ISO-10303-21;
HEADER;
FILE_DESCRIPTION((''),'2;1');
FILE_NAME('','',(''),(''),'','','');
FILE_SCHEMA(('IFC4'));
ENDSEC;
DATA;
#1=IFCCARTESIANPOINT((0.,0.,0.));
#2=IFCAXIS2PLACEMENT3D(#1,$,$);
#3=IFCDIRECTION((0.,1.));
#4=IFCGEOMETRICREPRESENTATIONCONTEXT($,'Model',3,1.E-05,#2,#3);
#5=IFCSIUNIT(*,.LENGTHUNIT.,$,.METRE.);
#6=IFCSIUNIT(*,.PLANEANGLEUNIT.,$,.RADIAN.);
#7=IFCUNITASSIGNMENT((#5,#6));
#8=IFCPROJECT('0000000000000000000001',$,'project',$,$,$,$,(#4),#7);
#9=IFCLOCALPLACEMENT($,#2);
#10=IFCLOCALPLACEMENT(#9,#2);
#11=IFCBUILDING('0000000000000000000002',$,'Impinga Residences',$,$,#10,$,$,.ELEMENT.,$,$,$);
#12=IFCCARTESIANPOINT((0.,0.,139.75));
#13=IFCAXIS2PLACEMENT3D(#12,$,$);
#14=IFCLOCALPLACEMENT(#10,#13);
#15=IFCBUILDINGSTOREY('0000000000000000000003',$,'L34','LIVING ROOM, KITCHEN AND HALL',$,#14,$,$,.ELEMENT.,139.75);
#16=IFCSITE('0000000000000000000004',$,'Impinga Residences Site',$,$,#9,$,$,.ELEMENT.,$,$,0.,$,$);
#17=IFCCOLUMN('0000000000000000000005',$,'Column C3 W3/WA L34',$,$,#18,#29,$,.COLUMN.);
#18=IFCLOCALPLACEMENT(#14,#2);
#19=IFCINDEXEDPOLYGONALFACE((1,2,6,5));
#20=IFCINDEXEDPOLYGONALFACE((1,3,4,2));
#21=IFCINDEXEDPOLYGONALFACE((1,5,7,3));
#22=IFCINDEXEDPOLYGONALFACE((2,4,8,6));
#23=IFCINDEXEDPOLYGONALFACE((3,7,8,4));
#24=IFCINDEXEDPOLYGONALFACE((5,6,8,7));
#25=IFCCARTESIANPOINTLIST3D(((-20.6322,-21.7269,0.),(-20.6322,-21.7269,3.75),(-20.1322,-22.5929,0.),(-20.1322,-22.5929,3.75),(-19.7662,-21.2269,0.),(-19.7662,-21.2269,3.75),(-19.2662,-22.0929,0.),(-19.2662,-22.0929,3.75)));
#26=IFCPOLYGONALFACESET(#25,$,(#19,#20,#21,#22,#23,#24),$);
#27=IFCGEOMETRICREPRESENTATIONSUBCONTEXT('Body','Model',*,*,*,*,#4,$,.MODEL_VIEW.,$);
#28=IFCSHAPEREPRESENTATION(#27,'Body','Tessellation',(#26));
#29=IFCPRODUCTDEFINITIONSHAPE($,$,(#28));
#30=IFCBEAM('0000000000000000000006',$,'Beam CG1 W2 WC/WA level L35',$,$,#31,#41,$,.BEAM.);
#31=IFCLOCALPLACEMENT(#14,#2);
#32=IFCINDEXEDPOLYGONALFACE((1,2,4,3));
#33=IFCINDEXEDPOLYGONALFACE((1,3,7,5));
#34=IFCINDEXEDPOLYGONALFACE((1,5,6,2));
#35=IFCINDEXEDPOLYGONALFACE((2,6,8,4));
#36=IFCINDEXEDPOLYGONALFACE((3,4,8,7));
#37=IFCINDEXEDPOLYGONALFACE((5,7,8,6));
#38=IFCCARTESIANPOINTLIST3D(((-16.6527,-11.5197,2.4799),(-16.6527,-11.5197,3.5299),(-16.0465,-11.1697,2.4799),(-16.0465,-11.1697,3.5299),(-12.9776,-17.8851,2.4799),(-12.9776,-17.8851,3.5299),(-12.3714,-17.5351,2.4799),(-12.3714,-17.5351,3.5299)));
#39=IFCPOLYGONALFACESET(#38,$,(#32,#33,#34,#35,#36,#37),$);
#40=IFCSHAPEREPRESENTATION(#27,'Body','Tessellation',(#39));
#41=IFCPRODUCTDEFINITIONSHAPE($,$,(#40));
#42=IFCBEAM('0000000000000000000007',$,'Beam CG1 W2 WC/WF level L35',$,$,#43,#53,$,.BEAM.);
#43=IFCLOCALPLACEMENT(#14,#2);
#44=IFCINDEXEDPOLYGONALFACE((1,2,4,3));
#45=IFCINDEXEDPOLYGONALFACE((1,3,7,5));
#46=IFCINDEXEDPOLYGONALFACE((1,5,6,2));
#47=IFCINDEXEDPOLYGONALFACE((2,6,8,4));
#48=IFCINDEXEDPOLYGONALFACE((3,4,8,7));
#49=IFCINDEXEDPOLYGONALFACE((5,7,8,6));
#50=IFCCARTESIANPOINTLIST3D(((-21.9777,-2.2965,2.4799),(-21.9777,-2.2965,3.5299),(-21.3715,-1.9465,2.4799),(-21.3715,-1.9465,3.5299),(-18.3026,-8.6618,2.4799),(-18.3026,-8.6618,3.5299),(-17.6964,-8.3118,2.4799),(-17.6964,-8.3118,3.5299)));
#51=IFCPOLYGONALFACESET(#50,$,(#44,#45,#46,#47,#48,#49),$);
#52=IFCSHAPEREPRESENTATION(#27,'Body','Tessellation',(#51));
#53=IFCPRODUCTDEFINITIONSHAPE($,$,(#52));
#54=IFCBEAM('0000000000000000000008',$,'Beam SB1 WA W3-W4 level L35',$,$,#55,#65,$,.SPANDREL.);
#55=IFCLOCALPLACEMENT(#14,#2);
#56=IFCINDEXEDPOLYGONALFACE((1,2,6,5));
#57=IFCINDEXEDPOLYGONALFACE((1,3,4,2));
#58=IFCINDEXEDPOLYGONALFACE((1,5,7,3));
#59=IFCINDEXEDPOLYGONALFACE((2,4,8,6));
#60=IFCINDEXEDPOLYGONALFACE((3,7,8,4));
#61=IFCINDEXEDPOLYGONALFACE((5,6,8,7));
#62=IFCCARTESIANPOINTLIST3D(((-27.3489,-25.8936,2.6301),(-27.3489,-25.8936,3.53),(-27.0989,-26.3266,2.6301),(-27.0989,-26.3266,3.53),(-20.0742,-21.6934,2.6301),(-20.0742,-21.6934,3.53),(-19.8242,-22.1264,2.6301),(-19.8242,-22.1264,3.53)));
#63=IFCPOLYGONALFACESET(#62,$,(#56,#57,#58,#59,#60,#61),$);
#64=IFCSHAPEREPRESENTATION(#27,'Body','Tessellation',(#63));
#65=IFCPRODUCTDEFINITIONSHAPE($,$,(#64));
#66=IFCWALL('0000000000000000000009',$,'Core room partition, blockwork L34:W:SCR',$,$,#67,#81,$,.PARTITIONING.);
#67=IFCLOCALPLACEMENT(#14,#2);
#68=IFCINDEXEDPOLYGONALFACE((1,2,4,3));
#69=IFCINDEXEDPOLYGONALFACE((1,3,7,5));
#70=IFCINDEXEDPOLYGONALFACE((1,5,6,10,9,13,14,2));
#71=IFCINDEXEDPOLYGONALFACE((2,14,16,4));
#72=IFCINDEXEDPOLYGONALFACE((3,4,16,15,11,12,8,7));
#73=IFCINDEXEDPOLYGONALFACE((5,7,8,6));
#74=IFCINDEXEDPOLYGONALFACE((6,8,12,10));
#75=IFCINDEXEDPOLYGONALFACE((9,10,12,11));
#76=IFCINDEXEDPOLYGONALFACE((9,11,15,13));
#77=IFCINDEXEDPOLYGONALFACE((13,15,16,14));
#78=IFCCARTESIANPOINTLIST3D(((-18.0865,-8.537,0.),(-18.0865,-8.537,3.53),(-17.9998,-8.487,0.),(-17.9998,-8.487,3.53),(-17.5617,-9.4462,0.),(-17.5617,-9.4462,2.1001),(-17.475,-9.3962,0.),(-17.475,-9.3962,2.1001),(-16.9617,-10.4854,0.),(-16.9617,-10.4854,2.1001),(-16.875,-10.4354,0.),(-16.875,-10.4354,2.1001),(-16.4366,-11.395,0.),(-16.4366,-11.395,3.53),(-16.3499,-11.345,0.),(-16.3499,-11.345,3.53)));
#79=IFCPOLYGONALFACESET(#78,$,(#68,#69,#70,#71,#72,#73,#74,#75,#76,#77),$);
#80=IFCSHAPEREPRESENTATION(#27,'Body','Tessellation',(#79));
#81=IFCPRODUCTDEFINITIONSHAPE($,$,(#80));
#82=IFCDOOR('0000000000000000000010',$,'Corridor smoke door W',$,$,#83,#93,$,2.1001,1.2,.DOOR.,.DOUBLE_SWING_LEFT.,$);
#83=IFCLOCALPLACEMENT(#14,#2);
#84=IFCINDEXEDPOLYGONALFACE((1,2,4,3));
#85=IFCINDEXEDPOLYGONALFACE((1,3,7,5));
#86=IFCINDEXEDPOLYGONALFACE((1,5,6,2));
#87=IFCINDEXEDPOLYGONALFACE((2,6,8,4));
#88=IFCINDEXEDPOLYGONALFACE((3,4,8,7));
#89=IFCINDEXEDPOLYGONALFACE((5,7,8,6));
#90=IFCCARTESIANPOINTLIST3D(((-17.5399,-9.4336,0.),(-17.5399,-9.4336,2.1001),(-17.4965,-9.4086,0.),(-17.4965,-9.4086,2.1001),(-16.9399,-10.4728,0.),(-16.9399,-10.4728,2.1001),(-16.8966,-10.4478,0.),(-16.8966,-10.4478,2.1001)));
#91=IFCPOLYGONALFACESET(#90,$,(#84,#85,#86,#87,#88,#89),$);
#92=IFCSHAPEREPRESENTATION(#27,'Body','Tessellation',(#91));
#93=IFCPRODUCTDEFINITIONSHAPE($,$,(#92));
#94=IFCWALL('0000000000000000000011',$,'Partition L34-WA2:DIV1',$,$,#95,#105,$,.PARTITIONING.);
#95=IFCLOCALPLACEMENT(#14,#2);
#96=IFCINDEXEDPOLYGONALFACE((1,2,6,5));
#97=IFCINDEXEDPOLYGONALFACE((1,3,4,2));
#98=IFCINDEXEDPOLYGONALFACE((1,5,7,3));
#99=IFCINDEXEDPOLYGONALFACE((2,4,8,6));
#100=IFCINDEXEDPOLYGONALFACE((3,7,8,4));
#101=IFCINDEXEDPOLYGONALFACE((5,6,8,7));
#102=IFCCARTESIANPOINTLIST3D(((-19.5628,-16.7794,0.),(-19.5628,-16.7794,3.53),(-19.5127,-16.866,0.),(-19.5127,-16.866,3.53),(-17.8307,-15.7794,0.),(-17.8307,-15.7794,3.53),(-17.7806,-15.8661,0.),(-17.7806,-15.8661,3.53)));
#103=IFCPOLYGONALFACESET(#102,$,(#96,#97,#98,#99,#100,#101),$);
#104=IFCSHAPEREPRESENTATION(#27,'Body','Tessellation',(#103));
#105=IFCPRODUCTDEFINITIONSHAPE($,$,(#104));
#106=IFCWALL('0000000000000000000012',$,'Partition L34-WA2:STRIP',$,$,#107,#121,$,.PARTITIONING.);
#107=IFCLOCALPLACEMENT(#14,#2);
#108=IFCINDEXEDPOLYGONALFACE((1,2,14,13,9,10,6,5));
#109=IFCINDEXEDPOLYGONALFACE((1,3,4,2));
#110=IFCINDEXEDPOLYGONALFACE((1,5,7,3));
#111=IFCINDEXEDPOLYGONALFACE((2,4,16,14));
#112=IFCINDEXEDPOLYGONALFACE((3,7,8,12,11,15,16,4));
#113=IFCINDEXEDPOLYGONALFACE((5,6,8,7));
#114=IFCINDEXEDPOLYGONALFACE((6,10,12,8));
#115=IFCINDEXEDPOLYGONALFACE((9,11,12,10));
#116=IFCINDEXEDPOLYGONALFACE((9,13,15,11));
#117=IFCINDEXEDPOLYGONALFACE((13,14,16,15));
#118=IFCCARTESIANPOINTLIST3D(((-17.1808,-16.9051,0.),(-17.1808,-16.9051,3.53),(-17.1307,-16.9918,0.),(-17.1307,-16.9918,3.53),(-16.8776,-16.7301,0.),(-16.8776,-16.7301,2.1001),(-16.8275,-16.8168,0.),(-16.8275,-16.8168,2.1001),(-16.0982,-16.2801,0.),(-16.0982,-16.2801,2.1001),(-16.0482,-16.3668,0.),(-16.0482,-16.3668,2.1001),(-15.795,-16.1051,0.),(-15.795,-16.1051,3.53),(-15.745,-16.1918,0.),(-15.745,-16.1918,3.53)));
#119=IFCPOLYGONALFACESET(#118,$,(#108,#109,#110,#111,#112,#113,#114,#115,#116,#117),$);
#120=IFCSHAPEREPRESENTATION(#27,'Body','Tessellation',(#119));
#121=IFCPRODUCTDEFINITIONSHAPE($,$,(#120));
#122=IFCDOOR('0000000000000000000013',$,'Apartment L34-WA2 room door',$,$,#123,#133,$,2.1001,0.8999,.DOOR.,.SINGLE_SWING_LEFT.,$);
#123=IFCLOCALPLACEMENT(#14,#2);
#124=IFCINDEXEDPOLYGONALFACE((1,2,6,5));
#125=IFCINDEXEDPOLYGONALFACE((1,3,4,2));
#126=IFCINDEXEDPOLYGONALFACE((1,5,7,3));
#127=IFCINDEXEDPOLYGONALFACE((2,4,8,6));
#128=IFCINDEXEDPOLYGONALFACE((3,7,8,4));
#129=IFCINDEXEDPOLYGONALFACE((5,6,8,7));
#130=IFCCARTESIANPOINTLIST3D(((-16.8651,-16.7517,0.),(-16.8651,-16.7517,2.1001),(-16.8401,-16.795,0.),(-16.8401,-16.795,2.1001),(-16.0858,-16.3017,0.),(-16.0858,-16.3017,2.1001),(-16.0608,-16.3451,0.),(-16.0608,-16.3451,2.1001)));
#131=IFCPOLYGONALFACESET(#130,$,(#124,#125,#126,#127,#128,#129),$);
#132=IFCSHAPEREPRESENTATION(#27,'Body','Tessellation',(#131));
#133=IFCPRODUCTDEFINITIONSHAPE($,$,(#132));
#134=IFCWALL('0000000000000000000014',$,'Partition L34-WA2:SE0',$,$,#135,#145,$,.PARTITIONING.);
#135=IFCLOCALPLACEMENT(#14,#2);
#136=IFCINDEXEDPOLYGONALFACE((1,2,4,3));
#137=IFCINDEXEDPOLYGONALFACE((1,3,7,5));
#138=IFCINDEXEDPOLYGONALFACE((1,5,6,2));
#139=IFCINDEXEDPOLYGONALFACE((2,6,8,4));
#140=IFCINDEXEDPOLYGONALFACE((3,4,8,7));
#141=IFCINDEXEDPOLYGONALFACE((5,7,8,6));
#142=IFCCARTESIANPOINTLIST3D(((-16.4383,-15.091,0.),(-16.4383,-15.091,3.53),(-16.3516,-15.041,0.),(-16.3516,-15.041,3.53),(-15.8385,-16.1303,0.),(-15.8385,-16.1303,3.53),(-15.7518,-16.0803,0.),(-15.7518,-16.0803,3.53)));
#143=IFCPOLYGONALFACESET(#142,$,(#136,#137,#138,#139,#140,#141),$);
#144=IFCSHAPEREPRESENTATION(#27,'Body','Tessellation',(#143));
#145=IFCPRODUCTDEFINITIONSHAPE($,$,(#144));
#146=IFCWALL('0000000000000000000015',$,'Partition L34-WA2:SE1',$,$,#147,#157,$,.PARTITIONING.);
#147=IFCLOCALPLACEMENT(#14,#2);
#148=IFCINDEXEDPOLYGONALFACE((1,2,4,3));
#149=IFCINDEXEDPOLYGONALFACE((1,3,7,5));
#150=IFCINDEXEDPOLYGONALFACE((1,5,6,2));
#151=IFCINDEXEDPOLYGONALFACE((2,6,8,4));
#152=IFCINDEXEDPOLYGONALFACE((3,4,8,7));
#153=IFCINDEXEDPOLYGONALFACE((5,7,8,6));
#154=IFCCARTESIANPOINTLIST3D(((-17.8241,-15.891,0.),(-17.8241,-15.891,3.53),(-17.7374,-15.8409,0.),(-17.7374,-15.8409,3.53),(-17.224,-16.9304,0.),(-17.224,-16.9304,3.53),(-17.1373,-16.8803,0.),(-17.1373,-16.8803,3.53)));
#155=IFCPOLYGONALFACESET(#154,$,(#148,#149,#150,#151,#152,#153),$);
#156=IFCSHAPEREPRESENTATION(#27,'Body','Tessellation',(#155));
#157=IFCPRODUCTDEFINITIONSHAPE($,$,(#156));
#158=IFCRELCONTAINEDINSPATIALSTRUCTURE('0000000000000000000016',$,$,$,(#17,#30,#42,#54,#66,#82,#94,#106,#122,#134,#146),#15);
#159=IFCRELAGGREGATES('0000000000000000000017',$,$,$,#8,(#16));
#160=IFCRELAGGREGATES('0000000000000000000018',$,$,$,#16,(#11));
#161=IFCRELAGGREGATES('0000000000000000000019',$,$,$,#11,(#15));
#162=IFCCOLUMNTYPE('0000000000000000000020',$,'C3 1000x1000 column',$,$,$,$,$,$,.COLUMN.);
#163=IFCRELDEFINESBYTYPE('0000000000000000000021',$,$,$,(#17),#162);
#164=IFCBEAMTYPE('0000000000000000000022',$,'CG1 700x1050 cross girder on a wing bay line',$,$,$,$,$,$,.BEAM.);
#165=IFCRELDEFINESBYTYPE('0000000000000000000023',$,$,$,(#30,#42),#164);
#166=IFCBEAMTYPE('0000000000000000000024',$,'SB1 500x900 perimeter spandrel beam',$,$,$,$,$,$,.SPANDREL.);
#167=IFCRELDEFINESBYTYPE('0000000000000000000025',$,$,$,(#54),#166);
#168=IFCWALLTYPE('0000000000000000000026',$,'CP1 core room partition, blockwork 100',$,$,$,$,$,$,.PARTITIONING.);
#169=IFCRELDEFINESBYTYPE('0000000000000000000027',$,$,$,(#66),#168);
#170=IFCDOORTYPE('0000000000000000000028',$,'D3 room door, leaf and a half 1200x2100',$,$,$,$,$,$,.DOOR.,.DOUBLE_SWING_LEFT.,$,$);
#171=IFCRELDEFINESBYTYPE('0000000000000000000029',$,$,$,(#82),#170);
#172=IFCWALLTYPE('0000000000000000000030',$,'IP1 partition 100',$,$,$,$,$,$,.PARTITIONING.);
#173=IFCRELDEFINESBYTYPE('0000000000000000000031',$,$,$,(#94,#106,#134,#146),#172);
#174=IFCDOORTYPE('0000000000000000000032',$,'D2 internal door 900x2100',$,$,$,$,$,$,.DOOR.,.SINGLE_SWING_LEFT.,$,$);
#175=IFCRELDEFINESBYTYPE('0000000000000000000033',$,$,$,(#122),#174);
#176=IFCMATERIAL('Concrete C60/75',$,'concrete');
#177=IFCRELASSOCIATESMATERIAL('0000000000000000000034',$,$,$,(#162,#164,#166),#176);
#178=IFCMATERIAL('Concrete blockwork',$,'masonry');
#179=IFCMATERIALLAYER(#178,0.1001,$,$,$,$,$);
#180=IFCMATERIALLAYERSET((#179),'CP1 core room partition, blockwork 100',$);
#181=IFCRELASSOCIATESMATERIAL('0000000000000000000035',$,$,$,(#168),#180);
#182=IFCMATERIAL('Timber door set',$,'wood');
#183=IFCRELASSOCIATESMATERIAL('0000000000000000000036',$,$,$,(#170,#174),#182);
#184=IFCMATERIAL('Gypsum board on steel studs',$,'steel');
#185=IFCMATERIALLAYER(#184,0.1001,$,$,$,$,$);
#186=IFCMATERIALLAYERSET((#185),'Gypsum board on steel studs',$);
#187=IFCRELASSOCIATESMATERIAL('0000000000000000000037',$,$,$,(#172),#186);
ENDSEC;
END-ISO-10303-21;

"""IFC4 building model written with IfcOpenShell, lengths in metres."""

from ifc_helpers import new_model, si_unit, direction, frame, frame_2d, origin, origin_2d, place, context, subcontext, project, spatial, rectangle, extrude, material, layer, layer_set, material_profile, profile_set, type_object, element, fill, save


model = new_model("IFC4")

# Units and contexts
model_context = context("Model", 3, precision=1e-05, world=origin(), true_north=direction((0.0, 1.0)))
body_context = subcontext(model_context, "Body", "Model", "MODEL_VIEW")
ifc_project = project(units=[si_unit("LENGTHUNIT", "METRE"), si_unit("PLANEANGLEUNIT", "RADIAN")], contexts=[model_context])

# Site, building, storey
site_placement = place(None, origin())
site = spatial("IfcSite", under=ifc_project, at=site_placement, Name="Impinga Residences Site", CompositionType="ELEMENT", RefElevation=0.0)
building_placement = place(site_placement, origin())
building = spatial("IfcBuilding", under=site, at=building_placement, Name="Impinga Residences", CompositionType="ELEMENT")
storey_placement = place(building_placement, frame((0.0, 0.0, 139.75)))
storey = spatial("IfcBuildingStorey", under=building, at=storey_placement, Name="L34", Description="LIVING ROOM, KITCHEN AND HALL", CompositionType="ELEMENT", Elevation=139.75)

# Column
ifc_material_1 = material(Name="Concrete C60/75", Category="concrete")
ifc_material_profile_1 = material_profile(ifc_material_1, rectangle(XDim=1.0, YDim=1.0, at=origin_2d()), Name="RC 1000x1000")
ifc_profile_set_1 = profile_set([ifc_material_profile_1], Name="Concrete C60/75")
column_type = type_object("IfcColumnType", Name="C3 1000x1000 column", PredefinedType="COLUMN", material=ifc_profile_set_1)
column_placement = place(storey_placement, frame((-19.9492, -21.9099, 0.0), z_axis=(0.0, 0.0, 1.0), x_axis=(-0.5, 0.866025, 0.0)))
element("IfcColumn", 1, at=column_placement, inside=storey, type_object=column_type, Name="Column C3 W3/WA L34", PredefinedType="COLUMN", context=body_context, shape_type="SweptSolid", body=[
    extrude(rectangle(XDim=1.0, YDim=1.0, at=origin_2d()), origin(), (0.0, 0.0, 1.0), 3.75),
])

# Beams
ifc_material_profile_2 = material_profile(ifc_material_1, rectangle(XDim=0.7, YDim=1.05, at=origin_2d()), Name="RC 700x1050")
ifc_profile_set_2 = profile_set([ifc_material_profile_2], Name="Concrete C60/75")
beam_type_1 = type_object("IfcBeamType", Name="CG1 700x1050 cross girder on a wing bay line", PredefinedType="BEAM", material=ifc_profile_set_2)
for number, where, z_axis, x_axis, name in (
    (2, (-16.3496, -11.3447, 3.0049), (0.500008, -0.866021, 0.0), (0.866021, 0.500008, 0.0), "Beam CG1 W2 WC/WA level L35"),
    (3, (-17.9995, -8.4868, 3.0049), (-0.500008, 0.866021, 0.0), (-0.866021, -0.500008, 0.0), "Beam CG1 W2 WC/WF level L35"),
):
    element("IfcBeam", number, at=place(storey_placement, frame(where, z_axis=z_axis, x_axis=x_axis)), inside=storey, type_object=beam_type_1, Name=name, PredefinedType="BEAM", context=body_context, shape_type="SweptSolid", body=[
        extrude(rectangle(XDim=0.7, YDim=1.05, at=origin_2d()), origin(), (0.0, 0.0, 1.0), 7.3501),
    ])
ifc_material_profile_3 = material_profile(ifc_material_1, rectangle(XDim=0.5, YDim=0.8999, at=origin_2d()), Name="RC 500x900")
ifc_profile_set_3 = profile_set([ifc_material_profile_3], Name="Concrete C60/75")
beam_type_2 = type_object("IfcBeamType", Name="SB1 500x900 perimeter spandrel beam", PredefinedType="SPANDREL", material=ifc_profile_set_3)
beam_placement = place(storey_placement, frame((-19.9492, -21.9099, 3.0801), z_axis=(-0.866017, -0.500015, 0.0), x_axis=(0.500015, -0.866017, 0.0)))
element("IfcBeam", 4, at=beam_placement, inside=storey, type_object=beam_type_2, Name="Beam SB1 WA W3-W4 level L35", PredefinedType="SPANDREL", context=body_context, shape_type="SweptSolid", body=[
    extrude(rectangle(XDim=0.5, YDim=0.8999, at=origin_2d()), origin(), (0.0, 0.0, 1.0), 8.4001),
])

# Wall, opening, door
ifc_material_2 = material(Name="Concrete blockwork", Category="masonry")
ifc_layer_1 = layer(ifc_material_2, 0.1001)
ifc_layer_set_1 = layer_set([ifc_layer_1], Name="CP1 core room partition, blockwork 100")
wall_type_1 = type_object("IfcWallType", Name="CP1 core room partition, blockwork 100", PredefinedType="PARTITIONING", material=ifc_layer_set_1)
wall_1_placement = place(storey_placement, frame((-16.3933, -11.3699, 0.0), z_axis=(0.0, 0.0, 1.0), x_axis=(-0.499974, 0.86604, 0.0)))
wall_1 = element("IfcWall", 5, at=wall_1_placement, inside=storey, type_object=wall_type_1, Name="Core room partition, blockwork L34:W:SCR", PredefinedType="PARTITIONING", context=body_context, shape_type="SweptSolid", body=[
    extrude(rectangle(XDim=3.3, YDim=0.1001, at=frame_2d((1.6499, 0.0))), origin(), (0.0, 0.0, 1.0), 3.53),
])
opening_1_placement = place(wall_1_placement, frame((1.05, 0.0, 0.0)))
opening_1 = element("IfcOpeningElement", 6, at=opening_1_placement, cuts=wall_1, PredefinedType="OPENING", context=body_context, shape_type="SweptSolid", body=[
    extrude(rectangle(XDim=1.2, YDim=2.1001, at=frame_2d((0.6001, 1.05))), frame((0.0, 0.0601, 0.0), z_axis=(0.0, -1.0, 0.0), x_axis=(1.0, 0.0, 0.0)), (0.0, 0.0, 1.0), 0.1201),
])
ifc_material_3 = material(Name="Timber door set", Category="wood")
door_type_1 = type_object("IfcDoorType", Name="D3 room door, leaf and a half 1200x2100", OperationType="DOUBLE_SWING_LEFT", PredefinedType="DOOR", material=ifc_material_3)
door_1_placement = place(opening_1_placement, origin())
door_1 = element("IfcDoor", 7, at=door_1_placement, inside=storey, type_object=door_type_1, Name="Corridor smoke door W", OperationType="DOUBLE_SWING_LEFT", OverallHeight=2.1001, OverallWidth=1.2, PredefinedType="DOOR", context=body_context, shape_type="SweptSolid", body=[
    extrude(rectangle(XDim=1.2, YDim=2.1001, at=frame_2d((0.6001, 1.05))), frame((0.0, 0.0249, 0.0), z_axis=(0.0, -1.0, 0.0), x_axis=(1.0, 0.0, 0.0)), (0.0, 0.0, 1.0), 0.05),
])
fill(opening_1, door_1)

# Wall
ifc_material_4 = material(Name="Gypsum board on steel studs", Category="steel")
ifc_layer_2 = layer(ifc_material_4, 0.1001)
ifc_layer_set_2 = layer_set([ifc_layer_2], Name="Gypsum board on steel studs")
wall_type_2 = type_object("IfcWallType", Name="IP1 partition 100", PredefinedType="PARTITIONING", material=ifc_layer_set_2)
wall_2_placement = place(storey_placement, frame((-17.8057, -15.8228, 0.0), z_axis=(0.0, 0.0, 1.0), x_axis=(-0.866041, -0.499973, 0.0)))
element("IfcWall", 8, at=wall_2_placement, inside=storey, type_object=wall_type_2, Name="Partition L34-WA2:DIV1", PredefinedType="PARTITIONING", context=body_context, shape_type="SweptSolid", body=[
    extrude(rectangle(XDim=2.0, YDim=0.1001, at=frame_2d((1.0, 0.0))), origin(), (0.0, 0.0, 1.0), 3.53),
])

# Wall, opening, door
wall_3_placement = place(storey_placement, frame((-15.77, -16.1484, 0.0), z_axis=(0.0, 0.0, 1.0), x_axis=(-0.866028, -0.499995, 0.0)))
wall_3 = element("IfcWall", 9, at=wall_3_placement, inside=storey, type_object=wall_type_2, Name="Partition L34-WA2:STRIP", PredefinedType="PARTITIONING", context=body_context, shape_type="SweptSolid", body=[
    extrude(rectangle(XDim=1.6001, YDim=0.1001, at=frame_2d((0.8, 0.0))), origin(), (0.0, 0.0, 1.0), 3.53),
])
opening_2_placement = place(wall_3_placement, frame((0.3501, 0.0, 0.0)))
opening_2 = element("IfcOpeningElement", 10, at=opening_2_placement, cuts=wall_3, PredefinedType="OPENING", context=body_context, shape_type="SweptSolid", body=[
    extrude(rectangle(XDim=0.8999, YDim=2.1001, at=frame_2d((0.45, 1.05))), frame((0.0, 0.0601, 0.0), z_axis=(0.0, -1.0, 0.0), x_axis=(1.0, 0.0, 0.0)), (0.0, 0.0, 1.0), 0.1201),
])
door_type_2 = type_object("IfcDoorType", Name="D2 internal door 900x2100", OperationType="SINGLE_SWING_LEFT", PredefinedType="DOOR", material=ifc_material_3)
door_2_placement = place(opening_2_placement, origin())
door_2 = element("IfcDoor", 11, at=door_2_placement, inside=storey, type_object=door_type_2, Name="Apartment L34-WA2 room door", OperationType="SINGLE_SWING_LEFT", OverallHeight=2.1001, OverallWidth=0.8999, PredefinedType="DOOR", context=body_context, shape_type="SweptSolid", body=[
    extrude(rectangle(XDim=0.8999, YDim=2.1001, at=frame_2d((0.45, 1.05))), frame((0.0, 0.0249, 0.0), z_axis=(0.0, -1.0, 0.0), x_axis=(1.0, 0.0, 0.0)), (0.0, 0.0, 1.0), 0.05),
])
fill(opening_2, door_2)

# Walls
wall_4_placement = place(storey_placement, frame((-16.395, -15.0659, 0.0), z_axis=(0.0, 0.0, 1.0), x_axis=(0.499881, -0.866094, 0.0)))
element("IfcWall", 12, at=wall_4_placement, inside=storey, type_object=wall_type_2, Name="Partition L34-WA2:SE0", PredefinedType="PARTITIONING", context=body_context, shape_type="SweptSolid", body=[
    extrude(rectangle(XDim=1.2, YDim=0.1001, at=frame_2d((0.6001, 0.0))), origin(), (0.0, 0.0, 1.0), 3.53),
])
wall_5_placement = place(storey_placement, frame((-17.7808, -15.866, 0.0), z_axis=(0.0, 0.0, 1.0), x_axis=(0.500034, -0.866006, 0.0)))
element("IfcWall", 13, at=wall_5_placement, inside=storey, type_object=wall_type_2, Name="Partition L34-WA2:SE1", PredefinedType="PARTITIONING", context=body_context, shape_type="SweptSolid", body=[
    extrude(rectangle(XDim=1.2002, YDim=0.1001, at=frame_2d((0.6001, 0.0))), origin(), (0.0, 0.0, 1.0), 3.53),
])

save(model, "model.ifc")
